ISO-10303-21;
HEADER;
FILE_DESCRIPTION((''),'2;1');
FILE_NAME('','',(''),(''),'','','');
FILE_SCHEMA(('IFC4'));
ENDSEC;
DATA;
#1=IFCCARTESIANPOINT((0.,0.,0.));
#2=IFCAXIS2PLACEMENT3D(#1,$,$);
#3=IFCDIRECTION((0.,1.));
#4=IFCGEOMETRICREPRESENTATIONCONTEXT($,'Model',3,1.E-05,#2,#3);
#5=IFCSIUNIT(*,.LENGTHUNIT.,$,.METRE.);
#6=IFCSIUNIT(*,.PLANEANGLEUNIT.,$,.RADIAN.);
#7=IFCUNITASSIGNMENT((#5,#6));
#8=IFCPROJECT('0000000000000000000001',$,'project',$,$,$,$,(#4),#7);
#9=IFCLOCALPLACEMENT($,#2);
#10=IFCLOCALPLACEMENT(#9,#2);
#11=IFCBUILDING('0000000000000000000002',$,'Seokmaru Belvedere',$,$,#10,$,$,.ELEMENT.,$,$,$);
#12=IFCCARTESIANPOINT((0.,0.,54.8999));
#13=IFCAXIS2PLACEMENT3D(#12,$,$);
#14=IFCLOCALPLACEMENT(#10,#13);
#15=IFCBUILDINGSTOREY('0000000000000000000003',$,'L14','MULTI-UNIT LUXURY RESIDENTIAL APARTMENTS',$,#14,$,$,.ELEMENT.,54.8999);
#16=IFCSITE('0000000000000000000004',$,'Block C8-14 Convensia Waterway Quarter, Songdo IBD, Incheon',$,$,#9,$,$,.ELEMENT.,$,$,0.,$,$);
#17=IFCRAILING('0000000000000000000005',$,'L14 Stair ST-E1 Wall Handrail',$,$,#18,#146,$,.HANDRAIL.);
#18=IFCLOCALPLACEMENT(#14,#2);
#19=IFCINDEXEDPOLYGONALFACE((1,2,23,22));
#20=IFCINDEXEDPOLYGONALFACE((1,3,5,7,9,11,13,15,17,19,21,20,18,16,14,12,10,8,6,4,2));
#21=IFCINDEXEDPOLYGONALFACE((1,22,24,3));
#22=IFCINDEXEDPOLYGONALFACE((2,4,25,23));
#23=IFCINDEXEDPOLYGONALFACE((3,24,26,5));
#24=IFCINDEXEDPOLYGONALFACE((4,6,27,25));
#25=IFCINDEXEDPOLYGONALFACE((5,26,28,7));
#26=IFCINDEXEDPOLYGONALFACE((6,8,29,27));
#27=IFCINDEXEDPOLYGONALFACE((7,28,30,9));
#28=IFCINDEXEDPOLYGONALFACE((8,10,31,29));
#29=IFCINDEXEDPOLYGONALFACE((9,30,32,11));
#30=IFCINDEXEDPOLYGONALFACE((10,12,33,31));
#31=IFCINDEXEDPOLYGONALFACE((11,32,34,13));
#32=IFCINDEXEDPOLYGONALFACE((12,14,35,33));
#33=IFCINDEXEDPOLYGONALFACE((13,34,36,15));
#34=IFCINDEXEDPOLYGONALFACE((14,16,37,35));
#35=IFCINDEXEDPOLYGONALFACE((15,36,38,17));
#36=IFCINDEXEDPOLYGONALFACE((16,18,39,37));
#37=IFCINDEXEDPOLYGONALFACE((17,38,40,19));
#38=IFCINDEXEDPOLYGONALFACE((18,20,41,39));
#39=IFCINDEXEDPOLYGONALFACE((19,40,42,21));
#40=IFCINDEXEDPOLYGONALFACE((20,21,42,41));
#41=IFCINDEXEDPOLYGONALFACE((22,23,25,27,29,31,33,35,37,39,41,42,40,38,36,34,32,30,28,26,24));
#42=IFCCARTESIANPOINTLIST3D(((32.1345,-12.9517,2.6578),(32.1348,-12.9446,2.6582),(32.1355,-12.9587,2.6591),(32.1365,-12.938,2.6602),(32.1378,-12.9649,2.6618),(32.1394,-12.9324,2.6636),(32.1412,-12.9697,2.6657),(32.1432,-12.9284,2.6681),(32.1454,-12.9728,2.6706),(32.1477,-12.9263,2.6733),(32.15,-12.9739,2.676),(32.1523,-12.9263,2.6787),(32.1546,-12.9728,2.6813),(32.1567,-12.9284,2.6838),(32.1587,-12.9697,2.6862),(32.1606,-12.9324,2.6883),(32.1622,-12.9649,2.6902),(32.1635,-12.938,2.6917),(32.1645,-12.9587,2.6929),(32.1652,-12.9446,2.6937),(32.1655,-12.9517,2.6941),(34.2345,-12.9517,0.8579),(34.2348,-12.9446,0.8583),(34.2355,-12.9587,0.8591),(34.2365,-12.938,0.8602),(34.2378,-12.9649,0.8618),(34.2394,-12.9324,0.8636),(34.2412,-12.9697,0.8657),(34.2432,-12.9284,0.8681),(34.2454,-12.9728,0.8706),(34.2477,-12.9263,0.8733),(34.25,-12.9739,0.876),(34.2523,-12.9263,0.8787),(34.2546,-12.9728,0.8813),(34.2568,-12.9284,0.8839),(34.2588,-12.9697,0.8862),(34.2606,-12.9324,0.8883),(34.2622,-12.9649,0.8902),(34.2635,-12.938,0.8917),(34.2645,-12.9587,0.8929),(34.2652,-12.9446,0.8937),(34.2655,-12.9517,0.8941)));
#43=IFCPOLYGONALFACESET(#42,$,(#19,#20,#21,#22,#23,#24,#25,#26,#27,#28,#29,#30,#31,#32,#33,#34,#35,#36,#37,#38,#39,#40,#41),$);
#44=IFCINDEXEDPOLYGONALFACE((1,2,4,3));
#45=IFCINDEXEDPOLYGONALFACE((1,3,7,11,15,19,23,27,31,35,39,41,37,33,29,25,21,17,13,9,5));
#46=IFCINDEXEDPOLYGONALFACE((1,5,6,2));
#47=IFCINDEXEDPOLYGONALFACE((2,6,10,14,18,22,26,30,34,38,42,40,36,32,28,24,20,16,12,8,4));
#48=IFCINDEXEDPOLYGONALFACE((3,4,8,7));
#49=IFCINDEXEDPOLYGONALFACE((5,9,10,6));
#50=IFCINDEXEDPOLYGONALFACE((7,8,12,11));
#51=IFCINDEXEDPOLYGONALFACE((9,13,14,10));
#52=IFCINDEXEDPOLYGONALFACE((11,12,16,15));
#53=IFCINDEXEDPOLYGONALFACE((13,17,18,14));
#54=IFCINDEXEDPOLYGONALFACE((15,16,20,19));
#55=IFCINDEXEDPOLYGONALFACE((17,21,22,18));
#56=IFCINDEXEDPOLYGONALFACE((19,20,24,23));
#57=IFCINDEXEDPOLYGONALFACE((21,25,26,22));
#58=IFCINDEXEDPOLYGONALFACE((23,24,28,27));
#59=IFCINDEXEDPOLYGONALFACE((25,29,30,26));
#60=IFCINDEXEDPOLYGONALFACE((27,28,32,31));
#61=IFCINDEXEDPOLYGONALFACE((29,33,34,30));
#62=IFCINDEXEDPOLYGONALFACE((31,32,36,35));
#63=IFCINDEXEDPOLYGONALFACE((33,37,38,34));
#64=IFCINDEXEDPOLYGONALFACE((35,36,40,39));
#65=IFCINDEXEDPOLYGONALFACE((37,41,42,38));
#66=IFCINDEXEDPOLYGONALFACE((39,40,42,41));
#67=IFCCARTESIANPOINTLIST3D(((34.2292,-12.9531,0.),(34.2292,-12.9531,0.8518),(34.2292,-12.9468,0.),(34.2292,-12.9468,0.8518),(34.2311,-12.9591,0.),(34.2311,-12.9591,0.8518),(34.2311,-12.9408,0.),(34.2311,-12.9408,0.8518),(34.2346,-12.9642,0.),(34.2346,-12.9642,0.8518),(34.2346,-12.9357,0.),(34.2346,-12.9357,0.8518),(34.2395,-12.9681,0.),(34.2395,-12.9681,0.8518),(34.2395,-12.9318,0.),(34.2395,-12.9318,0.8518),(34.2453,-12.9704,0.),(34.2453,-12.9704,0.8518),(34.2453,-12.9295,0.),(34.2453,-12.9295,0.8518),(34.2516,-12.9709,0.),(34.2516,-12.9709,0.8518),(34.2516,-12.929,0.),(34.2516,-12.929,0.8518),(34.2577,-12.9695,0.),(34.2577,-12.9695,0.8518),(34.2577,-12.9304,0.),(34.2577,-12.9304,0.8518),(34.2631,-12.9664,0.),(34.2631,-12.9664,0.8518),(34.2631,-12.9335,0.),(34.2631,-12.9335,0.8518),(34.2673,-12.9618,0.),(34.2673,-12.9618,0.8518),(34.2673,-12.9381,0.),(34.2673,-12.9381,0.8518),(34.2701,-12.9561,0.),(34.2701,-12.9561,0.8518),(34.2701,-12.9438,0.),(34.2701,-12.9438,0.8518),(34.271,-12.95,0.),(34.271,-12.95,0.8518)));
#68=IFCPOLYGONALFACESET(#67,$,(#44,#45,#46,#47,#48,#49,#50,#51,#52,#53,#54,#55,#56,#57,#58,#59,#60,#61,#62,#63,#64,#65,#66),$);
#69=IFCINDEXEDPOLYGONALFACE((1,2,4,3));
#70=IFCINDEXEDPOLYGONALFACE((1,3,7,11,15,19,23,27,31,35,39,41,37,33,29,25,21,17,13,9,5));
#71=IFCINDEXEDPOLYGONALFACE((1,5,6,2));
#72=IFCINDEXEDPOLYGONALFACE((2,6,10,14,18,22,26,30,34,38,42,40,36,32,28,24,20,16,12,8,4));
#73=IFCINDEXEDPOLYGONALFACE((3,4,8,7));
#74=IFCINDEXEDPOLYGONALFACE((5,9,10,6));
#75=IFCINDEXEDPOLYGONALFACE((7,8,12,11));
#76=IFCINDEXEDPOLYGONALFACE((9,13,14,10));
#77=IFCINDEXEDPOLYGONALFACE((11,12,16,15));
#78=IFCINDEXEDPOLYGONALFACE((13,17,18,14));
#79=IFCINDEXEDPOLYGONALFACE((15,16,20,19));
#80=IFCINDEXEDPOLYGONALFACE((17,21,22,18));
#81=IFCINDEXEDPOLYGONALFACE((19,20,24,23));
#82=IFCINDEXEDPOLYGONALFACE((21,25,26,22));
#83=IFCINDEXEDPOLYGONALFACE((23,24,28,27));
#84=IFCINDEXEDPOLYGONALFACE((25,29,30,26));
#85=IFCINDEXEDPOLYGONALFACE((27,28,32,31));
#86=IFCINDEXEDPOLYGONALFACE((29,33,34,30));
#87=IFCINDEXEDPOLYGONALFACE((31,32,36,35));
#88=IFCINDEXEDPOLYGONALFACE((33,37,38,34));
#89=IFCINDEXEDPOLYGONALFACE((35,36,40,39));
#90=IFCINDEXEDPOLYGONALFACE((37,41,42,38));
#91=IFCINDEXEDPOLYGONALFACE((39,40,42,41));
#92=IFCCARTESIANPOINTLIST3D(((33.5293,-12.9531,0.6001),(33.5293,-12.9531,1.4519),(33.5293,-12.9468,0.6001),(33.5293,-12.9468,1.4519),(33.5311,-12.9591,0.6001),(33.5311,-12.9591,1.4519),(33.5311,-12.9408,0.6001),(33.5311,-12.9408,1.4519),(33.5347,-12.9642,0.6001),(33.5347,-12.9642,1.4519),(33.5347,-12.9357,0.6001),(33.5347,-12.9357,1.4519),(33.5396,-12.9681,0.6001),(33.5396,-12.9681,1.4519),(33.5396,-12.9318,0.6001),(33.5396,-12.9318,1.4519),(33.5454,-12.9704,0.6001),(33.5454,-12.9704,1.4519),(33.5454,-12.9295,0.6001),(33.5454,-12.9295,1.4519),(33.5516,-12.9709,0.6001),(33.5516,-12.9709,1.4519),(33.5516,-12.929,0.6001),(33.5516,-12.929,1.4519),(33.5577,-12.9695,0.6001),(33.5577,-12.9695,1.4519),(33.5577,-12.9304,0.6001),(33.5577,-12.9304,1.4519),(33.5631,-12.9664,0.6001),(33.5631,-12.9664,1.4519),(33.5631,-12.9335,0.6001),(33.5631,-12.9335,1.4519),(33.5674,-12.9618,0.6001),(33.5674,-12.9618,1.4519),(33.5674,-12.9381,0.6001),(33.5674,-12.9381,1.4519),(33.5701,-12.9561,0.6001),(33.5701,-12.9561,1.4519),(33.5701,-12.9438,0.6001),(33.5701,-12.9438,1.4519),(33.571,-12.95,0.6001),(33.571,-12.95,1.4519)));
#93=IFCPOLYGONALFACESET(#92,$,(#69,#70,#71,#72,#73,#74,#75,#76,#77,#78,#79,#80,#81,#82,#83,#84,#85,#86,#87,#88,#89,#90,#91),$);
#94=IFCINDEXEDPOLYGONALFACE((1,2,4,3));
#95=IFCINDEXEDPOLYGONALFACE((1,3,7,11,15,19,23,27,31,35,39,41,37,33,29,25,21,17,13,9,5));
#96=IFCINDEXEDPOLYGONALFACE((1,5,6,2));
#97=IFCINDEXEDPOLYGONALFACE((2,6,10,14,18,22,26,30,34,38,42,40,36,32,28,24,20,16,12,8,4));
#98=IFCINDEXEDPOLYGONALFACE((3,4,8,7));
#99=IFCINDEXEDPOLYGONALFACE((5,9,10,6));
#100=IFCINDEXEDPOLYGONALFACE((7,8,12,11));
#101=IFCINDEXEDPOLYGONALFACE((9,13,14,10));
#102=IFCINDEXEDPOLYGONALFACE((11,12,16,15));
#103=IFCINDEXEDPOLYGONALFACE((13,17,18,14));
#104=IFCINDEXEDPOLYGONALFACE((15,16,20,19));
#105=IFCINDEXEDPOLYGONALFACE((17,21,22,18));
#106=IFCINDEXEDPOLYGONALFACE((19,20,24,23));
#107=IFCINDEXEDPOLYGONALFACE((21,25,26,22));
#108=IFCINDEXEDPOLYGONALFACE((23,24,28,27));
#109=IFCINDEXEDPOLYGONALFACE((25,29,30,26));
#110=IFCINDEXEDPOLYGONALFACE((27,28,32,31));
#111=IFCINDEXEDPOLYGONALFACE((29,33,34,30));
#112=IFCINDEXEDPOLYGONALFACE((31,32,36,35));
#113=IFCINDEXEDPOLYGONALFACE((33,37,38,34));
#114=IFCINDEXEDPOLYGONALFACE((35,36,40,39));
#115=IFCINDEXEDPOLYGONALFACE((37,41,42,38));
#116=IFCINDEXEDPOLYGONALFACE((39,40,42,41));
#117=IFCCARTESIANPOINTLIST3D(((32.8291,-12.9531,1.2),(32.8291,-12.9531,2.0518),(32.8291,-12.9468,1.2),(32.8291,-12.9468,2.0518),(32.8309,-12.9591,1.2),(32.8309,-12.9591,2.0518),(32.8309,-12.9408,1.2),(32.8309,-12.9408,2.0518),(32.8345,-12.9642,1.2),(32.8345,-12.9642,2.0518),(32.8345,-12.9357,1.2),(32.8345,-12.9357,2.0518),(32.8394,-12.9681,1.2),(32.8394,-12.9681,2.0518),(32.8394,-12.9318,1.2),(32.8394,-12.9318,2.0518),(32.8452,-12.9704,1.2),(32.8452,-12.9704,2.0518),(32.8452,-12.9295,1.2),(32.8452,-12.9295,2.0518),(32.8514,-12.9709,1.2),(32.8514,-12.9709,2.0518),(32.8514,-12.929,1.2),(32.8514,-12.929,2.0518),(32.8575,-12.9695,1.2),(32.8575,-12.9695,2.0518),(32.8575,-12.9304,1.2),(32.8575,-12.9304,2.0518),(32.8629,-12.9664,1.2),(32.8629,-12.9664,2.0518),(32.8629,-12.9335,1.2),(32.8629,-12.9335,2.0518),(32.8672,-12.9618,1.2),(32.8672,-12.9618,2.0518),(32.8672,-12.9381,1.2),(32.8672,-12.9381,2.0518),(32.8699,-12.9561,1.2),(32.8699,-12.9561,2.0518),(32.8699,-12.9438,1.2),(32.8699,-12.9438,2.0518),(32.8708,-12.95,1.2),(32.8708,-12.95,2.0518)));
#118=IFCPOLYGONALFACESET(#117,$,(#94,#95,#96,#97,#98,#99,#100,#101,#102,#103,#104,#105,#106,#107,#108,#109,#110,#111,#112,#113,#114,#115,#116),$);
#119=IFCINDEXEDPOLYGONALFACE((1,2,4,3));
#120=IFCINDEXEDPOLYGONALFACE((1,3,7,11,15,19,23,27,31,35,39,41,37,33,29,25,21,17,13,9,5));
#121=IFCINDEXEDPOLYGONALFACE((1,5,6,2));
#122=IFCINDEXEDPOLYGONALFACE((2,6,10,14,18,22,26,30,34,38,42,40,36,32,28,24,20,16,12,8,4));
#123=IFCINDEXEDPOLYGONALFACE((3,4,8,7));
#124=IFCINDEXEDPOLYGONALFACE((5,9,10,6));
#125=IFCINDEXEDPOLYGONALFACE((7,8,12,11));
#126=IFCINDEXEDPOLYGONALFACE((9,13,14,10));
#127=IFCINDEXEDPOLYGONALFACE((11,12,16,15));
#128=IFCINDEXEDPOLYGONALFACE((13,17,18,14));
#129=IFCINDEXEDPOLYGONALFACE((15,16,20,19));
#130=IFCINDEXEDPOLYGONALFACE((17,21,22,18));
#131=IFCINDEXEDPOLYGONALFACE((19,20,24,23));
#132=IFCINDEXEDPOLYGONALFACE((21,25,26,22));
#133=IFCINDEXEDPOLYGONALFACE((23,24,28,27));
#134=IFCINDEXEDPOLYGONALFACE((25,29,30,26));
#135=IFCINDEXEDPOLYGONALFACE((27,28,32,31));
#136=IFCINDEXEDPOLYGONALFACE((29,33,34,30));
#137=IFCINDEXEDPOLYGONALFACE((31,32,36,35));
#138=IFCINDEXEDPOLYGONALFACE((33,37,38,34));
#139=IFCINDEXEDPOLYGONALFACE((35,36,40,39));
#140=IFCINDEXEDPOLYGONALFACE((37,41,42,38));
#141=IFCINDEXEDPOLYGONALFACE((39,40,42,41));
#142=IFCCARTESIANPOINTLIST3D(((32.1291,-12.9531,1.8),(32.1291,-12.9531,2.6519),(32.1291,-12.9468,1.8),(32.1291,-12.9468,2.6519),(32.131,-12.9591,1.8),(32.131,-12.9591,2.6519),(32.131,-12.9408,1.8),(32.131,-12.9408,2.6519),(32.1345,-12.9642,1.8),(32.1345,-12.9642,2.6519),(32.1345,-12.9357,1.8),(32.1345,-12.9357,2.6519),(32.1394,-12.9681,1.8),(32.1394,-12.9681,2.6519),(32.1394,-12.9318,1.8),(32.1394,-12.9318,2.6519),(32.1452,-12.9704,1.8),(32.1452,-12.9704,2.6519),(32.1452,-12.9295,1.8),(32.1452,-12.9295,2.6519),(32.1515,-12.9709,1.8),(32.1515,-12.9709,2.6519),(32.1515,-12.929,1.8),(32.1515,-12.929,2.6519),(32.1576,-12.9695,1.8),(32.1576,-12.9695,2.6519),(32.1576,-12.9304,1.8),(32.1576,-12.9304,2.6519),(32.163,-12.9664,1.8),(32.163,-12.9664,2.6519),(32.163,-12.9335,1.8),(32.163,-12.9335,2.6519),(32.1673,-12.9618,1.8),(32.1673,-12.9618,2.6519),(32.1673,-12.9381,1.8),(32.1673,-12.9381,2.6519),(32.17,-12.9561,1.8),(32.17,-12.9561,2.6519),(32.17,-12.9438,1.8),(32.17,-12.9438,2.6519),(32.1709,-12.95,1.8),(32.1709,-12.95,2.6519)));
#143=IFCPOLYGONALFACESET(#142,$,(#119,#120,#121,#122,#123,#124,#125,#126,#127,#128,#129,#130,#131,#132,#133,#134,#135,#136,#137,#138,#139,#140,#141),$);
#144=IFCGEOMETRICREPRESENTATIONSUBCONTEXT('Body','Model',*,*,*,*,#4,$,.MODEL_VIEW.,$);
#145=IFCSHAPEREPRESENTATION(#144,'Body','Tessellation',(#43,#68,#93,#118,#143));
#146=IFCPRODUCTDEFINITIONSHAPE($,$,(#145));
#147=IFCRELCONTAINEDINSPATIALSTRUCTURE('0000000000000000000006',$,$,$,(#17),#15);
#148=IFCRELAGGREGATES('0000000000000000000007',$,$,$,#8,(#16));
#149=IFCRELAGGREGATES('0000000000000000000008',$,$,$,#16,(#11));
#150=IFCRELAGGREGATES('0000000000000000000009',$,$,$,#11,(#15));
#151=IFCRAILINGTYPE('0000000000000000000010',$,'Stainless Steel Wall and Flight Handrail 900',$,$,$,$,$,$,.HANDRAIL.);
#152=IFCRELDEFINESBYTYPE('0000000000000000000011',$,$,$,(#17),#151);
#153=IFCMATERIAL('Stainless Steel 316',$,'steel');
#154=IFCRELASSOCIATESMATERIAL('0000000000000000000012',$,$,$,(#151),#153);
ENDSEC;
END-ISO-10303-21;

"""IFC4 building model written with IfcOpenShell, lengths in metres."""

from ifc_helpers import new_model, si_unit, direction, frame, origin, origin_2d, place, context, subcontext, project, spatial, circle, extrude, material, type_object, element, save


model = new_model("IFC4")

# Units and contexts
model_context = context("Model", 3, precision=1e-05, world=origin(), true_north=direction((0.0, 1.0)))
body_context = subcontext(model_context, "Body", "Model", "MODEL_VIEW")
ifc_project = project(units=[si_unit("LENGTHUNIT", "METRE"), si_unit("PLANEANGLEUNIT", "RADIAN")], contexts=[model_context])

# Site, building, storey
site_placement = place(None, origin())
site = spatial("IfcSite", under=ifc_project, at=site_placement, Name="Block C8-14 Convensia Waterway Quarter, Songdo IBD, Incheon", CompositionType="ELEMENT", RefElevation=0.0)
building_placement = place(site_placement, origin())
building = spatial("IfcBuilding", under=site, at=building_placement, Name="Seokmaru Belvedere", CompositionType="ELEMENT")
storey_placement = place(building_placement, frame((0.0, 0.0, 54.8999)))
storey = spatial("IfcBuildingStorey", under=building, at=storey_placement, Name="L14", Description="MULTI-UNIT LUXURY RESIDENTIAL APARTMENTS", CompositionType="ELEMENT", Elevation=54.8999)

# Shared definitions
ifc_material_1 = material(Name="Stainless Steel 316", Category="steel")

# Railing
railing_type_1 = type_object("IfcRailingType", Name="Stainless Steel Wall and Flight Handrail 900", PredefinedType="HANDRAIL", material=ifc_material_1)
railing_1_placement = place(storey_placement, frame((34.25, -12.95, 0.0)))
element("IfcRailing", 1, at=railing_1_placement, inside=storey, type_object=railing_type_1, Name="L14 Stair ST-E1 Wall Handrail", PredefinedType="HANDRAIL", context=body_context, shape_type="SweptSolid", body=[
    extrude(circle(Radius=0.0239, at=origin_2d()), frame((0.0, 0.0, 0.876), z_axis=(-0.759263, 0.0, 0.650784), x_axis=(0.0, -1.0, 0.0)), (0.0, 0.0, 1.0), 2.7659),
    extrude(circle(Radius=0.021, at=origin_2d()), origin(), (0.0, 0.0, 1.0), 0.8518),
    extrude(circle(Radius=0.021, at=origin_2d()), frame((-0.7, 0.0, 0.6001)), (0.0, 0.0, 1.0), 0.8518),
    extrude(circle(Radius=0.021, at=origin_2d()), frame((-1.4001, 0.0, 1.2)), (0.0, 0.0, 1.0), 0.8518),
    extrude(circle(Radius=0.021, at=origin_2d()), frame((-2.1001, 0.0, 1.8)), (0.0, 0.0, 1.0), 0.8518),
])

save(model, "model.ifc")
